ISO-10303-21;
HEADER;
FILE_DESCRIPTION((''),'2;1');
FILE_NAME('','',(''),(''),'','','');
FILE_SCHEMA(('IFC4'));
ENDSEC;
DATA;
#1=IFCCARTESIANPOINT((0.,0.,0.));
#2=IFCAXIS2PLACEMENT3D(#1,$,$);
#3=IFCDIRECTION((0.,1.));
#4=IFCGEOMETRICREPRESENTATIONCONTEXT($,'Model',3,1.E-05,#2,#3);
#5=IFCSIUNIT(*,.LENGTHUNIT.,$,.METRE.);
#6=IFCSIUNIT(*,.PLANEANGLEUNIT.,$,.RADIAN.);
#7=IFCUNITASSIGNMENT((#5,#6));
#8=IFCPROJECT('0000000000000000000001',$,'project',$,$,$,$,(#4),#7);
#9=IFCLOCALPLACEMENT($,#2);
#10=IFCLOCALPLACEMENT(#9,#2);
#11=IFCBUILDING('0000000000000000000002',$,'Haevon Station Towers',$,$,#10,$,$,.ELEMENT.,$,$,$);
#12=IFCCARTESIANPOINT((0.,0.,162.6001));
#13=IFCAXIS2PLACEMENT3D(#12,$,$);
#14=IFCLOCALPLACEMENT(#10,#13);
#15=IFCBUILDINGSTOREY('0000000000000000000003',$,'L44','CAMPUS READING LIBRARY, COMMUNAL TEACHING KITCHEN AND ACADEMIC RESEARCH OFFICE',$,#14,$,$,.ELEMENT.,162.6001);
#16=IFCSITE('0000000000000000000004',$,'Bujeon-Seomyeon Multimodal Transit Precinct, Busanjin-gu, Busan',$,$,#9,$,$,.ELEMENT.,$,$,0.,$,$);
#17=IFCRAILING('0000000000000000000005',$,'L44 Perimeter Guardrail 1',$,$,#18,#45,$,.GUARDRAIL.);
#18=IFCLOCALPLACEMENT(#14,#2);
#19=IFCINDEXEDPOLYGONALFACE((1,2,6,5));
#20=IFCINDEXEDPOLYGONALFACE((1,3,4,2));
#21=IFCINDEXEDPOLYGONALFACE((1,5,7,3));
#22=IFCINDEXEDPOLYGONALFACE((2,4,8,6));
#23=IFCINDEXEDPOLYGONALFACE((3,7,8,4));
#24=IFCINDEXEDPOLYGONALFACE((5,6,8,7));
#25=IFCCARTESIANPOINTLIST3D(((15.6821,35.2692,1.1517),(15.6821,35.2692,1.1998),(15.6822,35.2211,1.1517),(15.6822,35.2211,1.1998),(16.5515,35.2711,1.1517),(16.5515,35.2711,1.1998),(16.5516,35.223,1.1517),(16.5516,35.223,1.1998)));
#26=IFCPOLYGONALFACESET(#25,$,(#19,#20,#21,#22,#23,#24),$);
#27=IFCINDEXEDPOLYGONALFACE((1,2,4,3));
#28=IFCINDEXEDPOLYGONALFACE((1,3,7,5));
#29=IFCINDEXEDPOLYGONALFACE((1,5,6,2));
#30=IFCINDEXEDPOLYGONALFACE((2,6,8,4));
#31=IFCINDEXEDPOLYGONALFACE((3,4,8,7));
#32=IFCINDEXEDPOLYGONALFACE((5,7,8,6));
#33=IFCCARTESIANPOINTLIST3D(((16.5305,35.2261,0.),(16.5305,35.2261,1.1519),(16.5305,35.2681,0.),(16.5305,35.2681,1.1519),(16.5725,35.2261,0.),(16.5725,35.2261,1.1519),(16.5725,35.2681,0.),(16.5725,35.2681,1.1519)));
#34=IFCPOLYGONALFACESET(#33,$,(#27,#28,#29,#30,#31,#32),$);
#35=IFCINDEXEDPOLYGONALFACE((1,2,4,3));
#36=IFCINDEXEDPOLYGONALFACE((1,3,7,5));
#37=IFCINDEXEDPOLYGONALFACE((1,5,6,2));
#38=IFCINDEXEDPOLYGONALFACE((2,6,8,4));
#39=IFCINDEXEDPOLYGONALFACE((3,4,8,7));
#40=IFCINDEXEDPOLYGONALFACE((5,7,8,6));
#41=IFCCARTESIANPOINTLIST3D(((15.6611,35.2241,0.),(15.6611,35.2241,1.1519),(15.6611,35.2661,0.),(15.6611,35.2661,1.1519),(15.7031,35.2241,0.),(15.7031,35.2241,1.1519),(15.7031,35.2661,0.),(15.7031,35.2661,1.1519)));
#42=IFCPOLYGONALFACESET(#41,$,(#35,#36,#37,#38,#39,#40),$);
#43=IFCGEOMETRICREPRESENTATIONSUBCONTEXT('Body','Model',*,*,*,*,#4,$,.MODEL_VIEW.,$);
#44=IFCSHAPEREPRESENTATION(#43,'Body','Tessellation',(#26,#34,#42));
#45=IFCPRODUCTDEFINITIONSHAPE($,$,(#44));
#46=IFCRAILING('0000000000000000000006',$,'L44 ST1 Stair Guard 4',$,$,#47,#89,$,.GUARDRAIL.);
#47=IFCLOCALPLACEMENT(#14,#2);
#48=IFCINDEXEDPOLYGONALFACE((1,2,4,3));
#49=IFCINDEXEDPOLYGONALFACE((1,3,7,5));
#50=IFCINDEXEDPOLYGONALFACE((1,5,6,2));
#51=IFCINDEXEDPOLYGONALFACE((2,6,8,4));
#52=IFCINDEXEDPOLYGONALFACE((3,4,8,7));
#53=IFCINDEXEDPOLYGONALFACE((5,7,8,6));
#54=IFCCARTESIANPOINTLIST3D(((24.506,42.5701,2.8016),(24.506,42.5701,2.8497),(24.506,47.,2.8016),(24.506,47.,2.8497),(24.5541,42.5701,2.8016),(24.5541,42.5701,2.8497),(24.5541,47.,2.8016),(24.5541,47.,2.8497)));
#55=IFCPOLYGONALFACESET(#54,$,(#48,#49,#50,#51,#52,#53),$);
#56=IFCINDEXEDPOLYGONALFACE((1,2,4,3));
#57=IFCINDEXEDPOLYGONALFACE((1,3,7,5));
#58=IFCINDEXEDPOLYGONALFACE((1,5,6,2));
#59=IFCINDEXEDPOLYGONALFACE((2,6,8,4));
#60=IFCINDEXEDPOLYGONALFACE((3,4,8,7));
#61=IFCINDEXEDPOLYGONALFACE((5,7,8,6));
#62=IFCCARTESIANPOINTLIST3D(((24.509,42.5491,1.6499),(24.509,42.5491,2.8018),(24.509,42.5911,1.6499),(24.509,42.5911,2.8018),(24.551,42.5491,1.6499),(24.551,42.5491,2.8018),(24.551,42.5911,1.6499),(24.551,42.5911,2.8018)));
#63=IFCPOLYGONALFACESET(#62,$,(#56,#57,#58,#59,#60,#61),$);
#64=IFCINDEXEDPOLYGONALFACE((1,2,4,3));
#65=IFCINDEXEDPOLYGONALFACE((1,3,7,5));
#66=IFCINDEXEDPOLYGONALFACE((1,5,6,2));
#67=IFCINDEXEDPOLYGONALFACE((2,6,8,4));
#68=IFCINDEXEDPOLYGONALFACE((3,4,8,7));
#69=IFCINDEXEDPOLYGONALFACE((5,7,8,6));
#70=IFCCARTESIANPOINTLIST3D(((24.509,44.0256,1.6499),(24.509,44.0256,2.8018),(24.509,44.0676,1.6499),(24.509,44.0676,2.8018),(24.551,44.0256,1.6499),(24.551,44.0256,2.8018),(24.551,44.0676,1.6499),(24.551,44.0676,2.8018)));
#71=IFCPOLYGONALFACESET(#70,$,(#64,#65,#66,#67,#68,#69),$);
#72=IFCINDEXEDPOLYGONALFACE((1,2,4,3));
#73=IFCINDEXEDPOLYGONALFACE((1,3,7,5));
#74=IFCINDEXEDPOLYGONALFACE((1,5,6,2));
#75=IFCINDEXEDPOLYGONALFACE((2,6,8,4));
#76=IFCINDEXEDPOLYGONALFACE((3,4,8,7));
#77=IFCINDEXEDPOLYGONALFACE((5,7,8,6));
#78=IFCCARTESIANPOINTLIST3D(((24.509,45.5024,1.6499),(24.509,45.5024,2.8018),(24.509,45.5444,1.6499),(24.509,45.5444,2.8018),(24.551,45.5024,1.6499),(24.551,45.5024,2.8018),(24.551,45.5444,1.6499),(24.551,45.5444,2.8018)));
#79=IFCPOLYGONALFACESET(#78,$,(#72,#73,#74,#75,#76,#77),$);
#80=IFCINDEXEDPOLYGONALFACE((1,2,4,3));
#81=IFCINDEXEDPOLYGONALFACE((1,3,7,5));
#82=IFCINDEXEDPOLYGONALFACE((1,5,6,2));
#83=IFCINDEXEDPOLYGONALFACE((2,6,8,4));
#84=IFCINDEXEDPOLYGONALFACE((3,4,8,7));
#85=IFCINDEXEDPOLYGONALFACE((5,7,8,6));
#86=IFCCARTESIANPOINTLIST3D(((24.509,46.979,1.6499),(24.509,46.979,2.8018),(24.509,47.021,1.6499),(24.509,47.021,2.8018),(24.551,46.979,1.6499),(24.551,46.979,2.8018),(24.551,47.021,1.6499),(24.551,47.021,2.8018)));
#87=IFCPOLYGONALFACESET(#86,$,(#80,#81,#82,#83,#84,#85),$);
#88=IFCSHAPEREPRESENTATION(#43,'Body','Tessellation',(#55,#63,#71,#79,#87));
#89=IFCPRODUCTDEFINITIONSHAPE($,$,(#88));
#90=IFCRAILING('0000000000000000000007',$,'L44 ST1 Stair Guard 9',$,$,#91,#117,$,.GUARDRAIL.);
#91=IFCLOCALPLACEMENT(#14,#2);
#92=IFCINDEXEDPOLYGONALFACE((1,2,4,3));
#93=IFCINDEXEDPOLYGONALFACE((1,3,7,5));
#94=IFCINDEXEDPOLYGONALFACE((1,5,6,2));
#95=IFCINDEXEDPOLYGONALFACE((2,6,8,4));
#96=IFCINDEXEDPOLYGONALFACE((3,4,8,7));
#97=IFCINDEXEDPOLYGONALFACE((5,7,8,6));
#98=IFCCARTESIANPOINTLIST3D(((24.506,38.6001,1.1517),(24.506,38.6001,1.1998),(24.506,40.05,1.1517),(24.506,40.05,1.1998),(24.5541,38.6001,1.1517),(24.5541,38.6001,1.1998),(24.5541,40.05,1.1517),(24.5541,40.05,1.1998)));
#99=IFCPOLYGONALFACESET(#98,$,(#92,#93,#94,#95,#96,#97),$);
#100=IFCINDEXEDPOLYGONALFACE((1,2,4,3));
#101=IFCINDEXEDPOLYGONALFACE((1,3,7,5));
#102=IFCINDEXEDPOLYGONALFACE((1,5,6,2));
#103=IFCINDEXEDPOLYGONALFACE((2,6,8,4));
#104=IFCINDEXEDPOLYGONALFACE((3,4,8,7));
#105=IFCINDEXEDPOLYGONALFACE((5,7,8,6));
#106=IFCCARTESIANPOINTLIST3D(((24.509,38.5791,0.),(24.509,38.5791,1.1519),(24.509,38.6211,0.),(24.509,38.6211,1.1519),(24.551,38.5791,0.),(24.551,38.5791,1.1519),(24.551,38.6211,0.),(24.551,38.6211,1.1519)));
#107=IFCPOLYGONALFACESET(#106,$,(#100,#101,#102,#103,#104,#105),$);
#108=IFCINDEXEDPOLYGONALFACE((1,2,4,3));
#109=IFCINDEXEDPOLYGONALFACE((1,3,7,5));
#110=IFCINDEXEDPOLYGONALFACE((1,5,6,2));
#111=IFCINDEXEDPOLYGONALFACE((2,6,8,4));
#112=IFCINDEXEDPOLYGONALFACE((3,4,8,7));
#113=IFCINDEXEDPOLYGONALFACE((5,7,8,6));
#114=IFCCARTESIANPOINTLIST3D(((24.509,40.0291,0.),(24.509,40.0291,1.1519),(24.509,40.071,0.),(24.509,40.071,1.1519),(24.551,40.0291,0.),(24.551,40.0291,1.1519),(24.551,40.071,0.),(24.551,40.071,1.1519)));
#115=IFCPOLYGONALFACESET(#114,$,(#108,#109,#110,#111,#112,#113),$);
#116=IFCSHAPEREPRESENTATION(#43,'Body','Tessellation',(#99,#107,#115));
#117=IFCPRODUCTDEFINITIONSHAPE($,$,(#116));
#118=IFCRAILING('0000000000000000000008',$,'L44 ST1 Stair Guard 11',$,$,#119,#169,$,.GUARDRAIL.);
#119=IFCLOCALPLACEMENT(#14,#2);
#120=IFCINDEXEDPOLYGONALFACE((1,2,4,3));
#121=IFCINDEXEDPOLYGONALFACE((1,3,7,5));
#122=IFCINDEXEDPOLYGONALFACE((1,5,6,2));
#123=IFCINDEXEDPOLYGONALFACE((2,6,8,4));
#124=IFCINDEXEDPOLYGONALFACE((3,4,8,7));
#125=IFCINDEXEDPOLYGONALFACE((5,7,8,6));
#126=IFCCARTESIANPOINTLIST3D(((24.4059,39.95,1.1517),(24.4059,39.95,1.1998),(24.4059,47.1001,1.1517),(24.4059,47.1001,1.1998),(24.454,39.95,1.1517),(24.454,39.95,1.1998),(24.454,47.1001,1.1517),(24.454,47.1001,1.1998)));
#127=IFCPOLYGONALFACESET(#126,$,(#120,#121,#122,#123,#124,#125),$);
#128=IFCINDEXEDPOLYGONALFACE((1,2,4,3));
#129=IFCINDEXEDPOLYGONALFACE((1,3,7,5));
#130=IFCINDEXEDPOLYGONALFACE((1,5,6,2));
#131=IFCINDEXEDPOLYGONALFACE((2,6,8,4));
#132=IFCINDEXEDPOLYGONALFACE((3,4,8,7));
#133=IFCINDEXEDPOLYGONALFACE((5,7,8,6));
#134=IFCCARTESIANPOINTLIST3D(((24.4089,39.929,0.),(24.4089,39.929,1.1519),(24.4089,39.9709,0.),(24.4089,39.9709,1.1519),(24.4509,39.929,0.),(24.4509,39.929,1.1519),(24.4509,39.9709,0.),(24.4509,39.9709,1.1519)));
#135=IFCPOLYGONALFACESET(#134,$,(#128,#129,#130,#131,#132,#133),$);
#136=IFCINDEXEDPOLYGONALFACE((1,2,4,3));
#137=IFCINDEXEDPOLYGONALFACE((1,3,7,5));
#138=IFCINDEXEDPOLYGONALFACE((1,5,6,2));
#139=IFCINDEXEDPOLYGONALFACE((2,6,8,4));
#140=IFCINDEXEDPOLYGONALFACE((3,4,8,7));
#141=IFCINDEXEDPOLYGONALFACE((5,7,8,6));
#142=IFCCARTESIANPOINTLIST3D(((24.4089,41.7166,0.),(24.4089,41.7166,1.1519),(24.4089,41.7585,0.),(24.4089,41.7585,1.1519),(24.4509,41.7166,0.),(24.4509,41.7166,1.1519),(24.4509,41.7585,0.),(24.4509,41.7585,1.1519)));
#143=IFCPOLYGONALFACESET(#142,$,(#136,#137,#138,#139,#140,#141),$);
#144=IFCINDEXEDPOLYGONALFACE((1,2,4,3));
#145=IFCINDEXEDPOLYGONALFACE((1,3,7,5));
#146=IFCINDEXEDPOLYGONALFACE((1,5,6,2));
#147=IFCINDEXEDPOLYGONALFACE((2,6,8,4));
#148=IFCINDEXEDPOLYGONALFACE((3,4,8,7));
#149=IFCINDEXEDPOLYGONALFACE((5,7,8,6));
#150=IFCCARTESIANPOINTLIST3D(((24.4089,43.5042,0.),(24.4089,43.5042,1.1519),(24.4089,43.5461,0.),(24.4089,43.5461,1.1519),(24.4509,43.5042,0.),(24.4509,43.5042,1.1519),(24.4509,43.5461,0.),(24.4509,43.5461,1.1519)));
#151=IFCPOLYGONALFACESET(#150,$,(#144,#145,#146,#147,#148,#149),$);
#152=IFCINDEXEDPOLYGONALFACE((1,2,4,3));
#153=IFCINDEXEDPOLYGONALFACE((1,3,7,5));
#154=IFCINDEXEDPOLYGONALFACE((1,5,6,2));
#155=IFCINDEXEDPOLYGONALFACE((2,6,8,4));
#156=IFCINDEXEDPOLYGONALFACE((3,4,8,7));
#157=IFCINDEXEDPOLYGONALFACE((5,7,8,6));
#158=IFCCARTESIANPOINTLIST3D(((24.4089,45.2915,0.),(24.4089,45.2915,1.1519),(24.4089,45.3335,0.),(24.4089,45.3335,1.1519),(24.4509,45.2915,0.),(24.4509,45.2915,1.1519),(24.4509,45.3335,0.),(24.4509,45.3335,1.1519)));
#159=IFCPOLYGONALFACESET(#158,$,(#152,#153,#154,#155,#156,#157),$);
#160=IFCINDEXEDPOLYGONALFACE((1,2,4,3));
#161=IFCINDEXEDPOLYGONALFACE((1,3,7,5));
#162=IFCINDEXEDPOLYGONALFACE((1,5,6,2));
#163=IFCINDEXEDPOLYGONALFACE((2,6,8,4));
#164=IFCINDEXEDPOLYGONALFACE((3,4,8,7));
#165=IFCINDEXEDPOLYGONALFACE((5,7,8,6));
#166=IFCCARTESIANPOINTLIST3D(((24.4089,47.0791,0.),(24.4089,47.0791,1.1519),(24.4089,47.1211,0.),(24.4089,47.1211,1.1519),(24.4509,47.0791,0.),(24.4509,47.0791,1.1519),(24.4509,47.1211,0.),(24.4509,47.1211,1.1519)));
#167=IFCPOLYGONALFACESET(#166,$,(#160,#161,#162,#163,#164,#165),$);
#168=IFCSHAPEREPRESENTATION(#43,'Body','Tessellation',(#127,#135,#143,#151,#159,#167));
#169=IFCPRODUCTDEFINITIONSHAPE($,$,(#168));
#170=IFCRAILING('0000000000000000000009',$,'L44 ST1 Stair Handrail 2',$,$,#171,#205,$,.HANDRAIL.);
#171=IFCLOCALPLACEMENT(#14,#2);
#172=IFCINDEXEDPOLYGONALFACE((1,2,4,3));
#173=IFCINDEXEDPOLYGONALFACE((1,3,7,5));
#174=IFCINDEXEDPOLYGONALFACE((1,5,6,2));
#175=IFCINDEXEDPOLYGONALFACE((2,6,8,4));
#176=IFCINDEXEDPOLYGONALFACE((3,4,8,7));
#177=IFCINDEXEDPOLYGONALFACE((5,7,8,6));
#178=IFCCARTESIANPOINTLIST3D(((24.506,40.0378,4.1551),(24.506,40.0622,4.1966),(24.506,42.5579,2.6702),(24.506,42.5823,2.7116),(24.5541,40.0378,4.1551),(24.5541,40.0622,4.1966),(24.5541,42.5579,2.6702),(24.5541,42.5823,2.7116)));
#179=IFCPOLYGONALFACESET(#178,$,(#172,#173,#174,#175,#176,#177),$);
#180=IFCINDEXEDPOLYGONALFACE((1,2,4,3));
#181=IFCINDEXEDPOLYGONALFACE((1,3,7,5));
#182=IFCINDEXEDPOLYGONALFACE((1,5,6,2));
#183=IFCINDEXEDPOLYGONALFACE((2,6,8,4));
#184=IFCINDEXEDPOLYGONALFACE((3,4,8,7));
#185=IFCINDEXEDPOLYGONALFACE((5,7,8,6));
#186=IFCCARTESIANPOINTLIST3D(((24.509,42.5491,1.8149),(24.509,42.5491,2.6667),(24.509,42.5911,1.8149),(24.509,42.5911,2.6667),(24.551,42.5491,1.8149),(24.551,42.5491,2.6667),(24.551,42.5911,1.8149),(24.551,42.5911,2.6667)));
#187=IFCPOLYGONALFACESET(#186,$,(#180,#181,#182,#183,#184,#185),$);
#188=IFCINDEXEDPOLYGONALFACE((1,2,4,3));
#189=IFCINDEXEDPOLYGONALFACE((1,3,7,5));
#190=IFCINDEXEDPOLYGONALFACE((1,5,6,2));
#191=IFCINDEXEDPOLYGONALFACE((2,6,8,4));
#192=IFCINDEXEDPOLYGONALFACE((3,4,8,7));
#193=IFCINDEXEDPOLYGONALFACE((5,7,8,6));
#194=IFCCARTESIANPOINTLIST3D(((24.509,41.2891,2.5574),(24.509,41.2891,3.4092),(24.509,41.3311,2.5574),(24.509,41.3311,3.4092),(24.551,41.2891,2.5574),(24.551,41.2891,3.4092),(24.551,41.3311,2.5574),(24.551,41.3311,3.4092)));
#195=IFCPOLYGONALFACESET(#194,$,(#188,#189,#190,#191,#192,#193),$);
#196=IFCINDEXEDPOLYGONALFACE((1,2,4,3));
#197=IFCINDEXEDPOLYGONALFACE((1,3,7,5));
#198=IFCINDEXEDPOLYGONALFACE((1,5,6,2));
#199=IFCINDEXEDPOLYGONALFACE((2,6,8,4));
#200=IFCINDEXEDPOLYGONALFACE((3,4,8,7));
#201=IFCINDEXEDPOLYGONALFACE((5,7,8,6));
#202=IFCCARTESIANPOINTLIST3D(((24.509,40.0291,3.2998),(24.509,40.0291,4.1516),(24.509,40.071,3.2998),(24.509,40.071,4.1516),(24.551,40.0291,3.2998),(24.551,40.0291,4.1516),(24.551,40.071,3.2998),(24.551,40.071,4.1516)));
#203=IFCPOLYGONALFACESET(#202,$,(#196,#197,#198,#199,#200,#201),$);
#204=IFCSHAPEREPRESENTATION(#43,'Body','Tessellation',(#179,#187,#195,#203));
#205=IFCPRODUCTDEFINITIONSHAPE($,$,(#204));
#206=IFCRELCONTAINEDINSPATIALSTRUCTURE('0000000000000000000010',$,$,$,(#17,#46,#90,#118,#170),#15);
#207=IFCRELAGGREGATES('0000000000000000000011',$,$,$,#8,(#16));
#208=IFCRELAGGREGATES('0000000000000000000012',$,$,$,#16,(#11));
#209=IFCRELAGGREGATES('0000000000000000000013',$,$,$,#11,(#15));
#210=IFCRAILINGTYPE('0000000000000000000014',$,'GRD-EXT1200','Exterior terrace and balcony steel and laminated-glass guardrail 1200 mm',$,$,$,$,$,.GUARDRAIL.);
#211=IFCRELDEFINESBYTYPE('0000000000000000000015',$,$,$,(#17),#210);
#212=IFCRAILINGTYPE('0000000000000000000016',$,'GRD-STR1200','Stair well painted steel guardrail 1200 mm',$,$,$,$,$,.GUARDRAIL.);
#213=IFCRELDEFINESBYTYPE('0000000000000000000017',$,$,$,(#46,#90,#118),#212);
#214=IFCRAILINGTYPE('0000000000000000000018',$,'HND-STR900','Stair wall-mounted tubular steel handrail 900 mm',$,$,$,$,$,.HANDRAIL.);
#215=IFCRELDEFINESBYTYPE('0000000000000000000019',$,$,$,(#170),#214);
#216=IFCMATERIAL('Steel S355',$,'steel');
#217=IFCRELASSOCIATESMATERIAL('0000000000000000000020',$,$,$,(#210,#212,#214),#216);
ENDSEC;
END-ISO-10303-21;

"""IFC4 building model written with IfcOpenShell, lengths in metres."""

from ifc_helpers import new_model, si_unit, direction, frame, origin, origin_2d, place, context, subcontext, project, spatial, rectangle, extrude, material, type_object, element, save


model = new_model("IFC4")

# Units and contexts
model_context = context("Model", 3, precision=1e-05, world=origin(), true_north=direction((0.0, 1.0)))
body_context = subcontext(model_context, "Body", "Model", "MODEL_VIEW")
ifc_project = project(units=[si_unit("LENGTHUNIT", "METRE"), si_unit("PLANEANGLEUNIT", "RADIAN")], contexts=[model_context])

# Site, building, storey
site_placement = place(None, origin())
site = spatial("IfcSite", under=ifc_project, at=site_placement, Name="Bujeon-Seomyeon Multimodal Transit Precinct, Busanjin-gu, Busan", CompositionType="ELEMENT", RefElevation=0.0)
building_placement = place(site_placement, origin())
building = spatial("IfcBuilding", under=site, at=building_placement, Name="Haevon Station Towers", CompositionType="ELEMENT")
storey_placement = place(building_placement, frame((0.0, 0.0, 162.6001)))
storey = spatial("IfcBuildingStorey", under=building, at=storey_placement, Name="L44", Description="CAMPUS READING LIBRARY, COMMUNAL TEACHING KITCHEN AND ACADEMIC RESEARCH OFFICE", CompositionType="ELEMENT", Elevation=162.6001)

# Shared definitions
ifc_material_1 = material(Name="Steel S355", Category="steel")

# Railings
railing_type_1 = type_object("IfcRailingType", Name="GRD-EXT1200", Description="Exterior terrace and balcony steel and laminated-glass guardrail 1200 mm", PredefinedType="GUARDRAIL", material=ifc_material_1)
railing_1_placement = place(storey_placement, frame((16.5515, 35.2471, 0.0)))
element("IfcRailing", 1, at=railing_1_placement, inside=storey, type_object=railing_type_1, Name="L44 Perimeter Guardrail 1", PredefinedType="GUARDRAIL", context=body_context, shape_type="SweptSolid", body=[
    extrude(rectangle(XDim=0.0481, YDim=0.0481, at=origin_2d()), frame((0.0, 0.0, 1.1758), z_axis=(-0.999997, -0.002247, 0.0), x_axis=(0.002247, -0.999997, 0.0)), (0.0, 0.0, 1.0), 0.8694),
    extrude(rectangle(XDim=0.042, YDim=0.042, at=origin_2d()), origin(), (0.0, 0.0, 1.0), 1.1519),
    extrude(rectangle(XDim=0.042, YDim=0.042, at=origin_2d()), frame((-0.8694, -0.002, 0.0)), (0.0, 0.0, 1.0), 1.1519),
])
railing_type_2 = type_object("IfcRailingType", Name="GRD-STR1200", Description="Stair well painted steel guardrail 1200 mm", PredefinedType="GUARDRAIL", material=ifc_material_1)
railing_2_placement = place(storey_placement, frame((24.53, 42.5701, 1.6499)))
element("IfcRailing", 2, at=railing_2_placement, inside=storey, type_object=railing_type_2, Name="L44 ST1 Stair Guard 4", PredefinedType="GUARDRAIL", context=body_context, shape_type="SweptSolid", body=[
    extrude(rectangle(XDim=0.0481, YDim=0.0481, at=origin_2d()), frame((0.0, 0.0, 1.1758), z_axis=(0.0, 1.0, 0.0), x_axis=(-1.0, 0.0, 0.0)), (0.0, 0.0, 1.0), 4.4299),
    extrude(rectangle(XDim=0.042, YDim=0.042, at=origin_2d()), origin(), (0.0, 0.0, 1.0), 1.1519),
    extrude(rectangle(XDim=0.042, YDim=0.042, at=origin_2d()), frame((0.0, 1.4766, 0.0)), (0.0, 0.0, 1.0), 1.1519),
    extrude(rectangle(XDim=0.042, YDim=0.042, at=origin_2d()), frame((0.0, 2.9534, 0.0)), (0.0, 0.0, 1.0), 1.1519),
    extrude(rectangle(XDim=0.042, YDim=0.042, at=origin_2d()), frame((0.0, 4.4299, 0.0)), (0.0, 0.0, 1.0), 1.1519),
])
railing_3_placement = place(storey_placement, frame((24.53, 38.6001, 0.0)))
element("IfcRailing", 3, at=railing_3_placement, inside=storey, type_object=railing_type_2, Name="L44 ST1 Stair Guard 9", PredefinedType="GUARDRAIL", context=body_context, shape_type="SweptSolid", body=[
    extrude(rectangle(XDim=0.0481, YDim=0.0481, at=origin_2d()), frame((0.0, 0.0, 1.1758), z_axis=(0.0, 1.0, 0.0), x_axis=(-1.0, 0.0, 0.0)), (0.0, 0.0, 1.0), 1.45),
    extrude(rectangle(XDim=0.042, YDim=0.042, at=origin_2d()), origin(), (0.0, 0.0, 1.0), 1.1519),
    extrude(rectangle(XDim=0.042, YDim=0.042, at=origin_2d()), frame((0.0, 1.45, 0.0)), (0.0, 0.0, 1.0), 1.1519),
])
railing_4_placement = place(storey_placement, frame((24.4299, 39.95, 0.0)))
element("IfcRailing", 4, at=railing_4_placement, inside=storey, type_object=railing_type_2, Name="L44 ST1 Stair Guard 11", PredefinedType="GUARDRAIL", context=body_context, shape_type="SweptSolid", body=[
    extrude(rectangle(XDim=0.0481, YDim=0.0481, at=origin_2d()), frame((0.0, 0.0, 1.1758), z_axis=(0.0, 1.0, 0.0), x_axis=(-1.0, 0.0, 0.0)), (0.0, 0.0, 1.0), 7.1501),
    extrude(rectangle(XDim=0.042, YDim=0.042, at=origin_2d()), origin(), (0.0, 0.0, 1.0), 1.1519),
    extrude(rectangle(XDim=0.042, YDim=0.042, at=origin_2d()), frame((0.0, 1.7876, 0.0)), (0.0, 0.0, 1.0), 1.1519),
    extrude(rectangle(XDim=0.042, YDim=0.042, at=origin_2d()), frame((0.0, 3.5752, 0.0)), (0.0, 0.0, 1.0), 1.1519),
    extrude(rectangle(XDim=0.042, YDim=0.042, at=origin_2d()), frame((0.0, 5.3625, 0.0)), (0.0, 0.0, 1.0), 1.1519),
    extrude(rectangle(XDim=0.042, YDim=0.042, at=origin_2d()), frame((0.0, 7.1501, 0.0)), (0.0, 0.0, 1.0), 1.1519),
])
railing_type_3 = type_object("IfcRailingType", Name="HND-STR900", Description="Stair wall-mounted tubular steel handrail 900 mm", PredefinedType="HANDRAIL", material=ifc_material_1)
railing_5_placement = place(storey_placement, frame((24.53, 42.5701, 1.8149)))
element("IfcRailing", 5, at=railing_5_placement, inside=storey, type_object=railing_type_3, Name="L44 ST1 Stair Handrail 2", PredefinedType="HANDRAIL", context=body_context, shape_type="SweptSolid", body=[
    extrude(rectangle(XDim=0.0481, YDim=0.0481, at=origin_2d()), frame((0.0, 0.0, 0.876), z_axis=(0.0, -0.861561, 0.507655), x_axis=(1.0, 0.0, 0.0)), (0.0, 0.0, 1.0), 2.925),
    extrude(rectangle(XDim=0.042, YDim=0.042, at=origin_2d()), origin(), (0.0, 0.0, 1.0), 0.8518),
    extrude(rectangle(XDim=0.042, YDim=0.042, at=origin_2d()), frame((0.0, -1.26, 0.7424)), (0.0, 0.0, 1.0), 0.8518),
    extrude(rectangle(XDim=0.042, YDim=0.042, at=origin_2d()), frame((0.0, -2.52, 1.4849)), (0.0, 0.0, 1.0), 0.8518),
])

save(model, "model.ifc")
